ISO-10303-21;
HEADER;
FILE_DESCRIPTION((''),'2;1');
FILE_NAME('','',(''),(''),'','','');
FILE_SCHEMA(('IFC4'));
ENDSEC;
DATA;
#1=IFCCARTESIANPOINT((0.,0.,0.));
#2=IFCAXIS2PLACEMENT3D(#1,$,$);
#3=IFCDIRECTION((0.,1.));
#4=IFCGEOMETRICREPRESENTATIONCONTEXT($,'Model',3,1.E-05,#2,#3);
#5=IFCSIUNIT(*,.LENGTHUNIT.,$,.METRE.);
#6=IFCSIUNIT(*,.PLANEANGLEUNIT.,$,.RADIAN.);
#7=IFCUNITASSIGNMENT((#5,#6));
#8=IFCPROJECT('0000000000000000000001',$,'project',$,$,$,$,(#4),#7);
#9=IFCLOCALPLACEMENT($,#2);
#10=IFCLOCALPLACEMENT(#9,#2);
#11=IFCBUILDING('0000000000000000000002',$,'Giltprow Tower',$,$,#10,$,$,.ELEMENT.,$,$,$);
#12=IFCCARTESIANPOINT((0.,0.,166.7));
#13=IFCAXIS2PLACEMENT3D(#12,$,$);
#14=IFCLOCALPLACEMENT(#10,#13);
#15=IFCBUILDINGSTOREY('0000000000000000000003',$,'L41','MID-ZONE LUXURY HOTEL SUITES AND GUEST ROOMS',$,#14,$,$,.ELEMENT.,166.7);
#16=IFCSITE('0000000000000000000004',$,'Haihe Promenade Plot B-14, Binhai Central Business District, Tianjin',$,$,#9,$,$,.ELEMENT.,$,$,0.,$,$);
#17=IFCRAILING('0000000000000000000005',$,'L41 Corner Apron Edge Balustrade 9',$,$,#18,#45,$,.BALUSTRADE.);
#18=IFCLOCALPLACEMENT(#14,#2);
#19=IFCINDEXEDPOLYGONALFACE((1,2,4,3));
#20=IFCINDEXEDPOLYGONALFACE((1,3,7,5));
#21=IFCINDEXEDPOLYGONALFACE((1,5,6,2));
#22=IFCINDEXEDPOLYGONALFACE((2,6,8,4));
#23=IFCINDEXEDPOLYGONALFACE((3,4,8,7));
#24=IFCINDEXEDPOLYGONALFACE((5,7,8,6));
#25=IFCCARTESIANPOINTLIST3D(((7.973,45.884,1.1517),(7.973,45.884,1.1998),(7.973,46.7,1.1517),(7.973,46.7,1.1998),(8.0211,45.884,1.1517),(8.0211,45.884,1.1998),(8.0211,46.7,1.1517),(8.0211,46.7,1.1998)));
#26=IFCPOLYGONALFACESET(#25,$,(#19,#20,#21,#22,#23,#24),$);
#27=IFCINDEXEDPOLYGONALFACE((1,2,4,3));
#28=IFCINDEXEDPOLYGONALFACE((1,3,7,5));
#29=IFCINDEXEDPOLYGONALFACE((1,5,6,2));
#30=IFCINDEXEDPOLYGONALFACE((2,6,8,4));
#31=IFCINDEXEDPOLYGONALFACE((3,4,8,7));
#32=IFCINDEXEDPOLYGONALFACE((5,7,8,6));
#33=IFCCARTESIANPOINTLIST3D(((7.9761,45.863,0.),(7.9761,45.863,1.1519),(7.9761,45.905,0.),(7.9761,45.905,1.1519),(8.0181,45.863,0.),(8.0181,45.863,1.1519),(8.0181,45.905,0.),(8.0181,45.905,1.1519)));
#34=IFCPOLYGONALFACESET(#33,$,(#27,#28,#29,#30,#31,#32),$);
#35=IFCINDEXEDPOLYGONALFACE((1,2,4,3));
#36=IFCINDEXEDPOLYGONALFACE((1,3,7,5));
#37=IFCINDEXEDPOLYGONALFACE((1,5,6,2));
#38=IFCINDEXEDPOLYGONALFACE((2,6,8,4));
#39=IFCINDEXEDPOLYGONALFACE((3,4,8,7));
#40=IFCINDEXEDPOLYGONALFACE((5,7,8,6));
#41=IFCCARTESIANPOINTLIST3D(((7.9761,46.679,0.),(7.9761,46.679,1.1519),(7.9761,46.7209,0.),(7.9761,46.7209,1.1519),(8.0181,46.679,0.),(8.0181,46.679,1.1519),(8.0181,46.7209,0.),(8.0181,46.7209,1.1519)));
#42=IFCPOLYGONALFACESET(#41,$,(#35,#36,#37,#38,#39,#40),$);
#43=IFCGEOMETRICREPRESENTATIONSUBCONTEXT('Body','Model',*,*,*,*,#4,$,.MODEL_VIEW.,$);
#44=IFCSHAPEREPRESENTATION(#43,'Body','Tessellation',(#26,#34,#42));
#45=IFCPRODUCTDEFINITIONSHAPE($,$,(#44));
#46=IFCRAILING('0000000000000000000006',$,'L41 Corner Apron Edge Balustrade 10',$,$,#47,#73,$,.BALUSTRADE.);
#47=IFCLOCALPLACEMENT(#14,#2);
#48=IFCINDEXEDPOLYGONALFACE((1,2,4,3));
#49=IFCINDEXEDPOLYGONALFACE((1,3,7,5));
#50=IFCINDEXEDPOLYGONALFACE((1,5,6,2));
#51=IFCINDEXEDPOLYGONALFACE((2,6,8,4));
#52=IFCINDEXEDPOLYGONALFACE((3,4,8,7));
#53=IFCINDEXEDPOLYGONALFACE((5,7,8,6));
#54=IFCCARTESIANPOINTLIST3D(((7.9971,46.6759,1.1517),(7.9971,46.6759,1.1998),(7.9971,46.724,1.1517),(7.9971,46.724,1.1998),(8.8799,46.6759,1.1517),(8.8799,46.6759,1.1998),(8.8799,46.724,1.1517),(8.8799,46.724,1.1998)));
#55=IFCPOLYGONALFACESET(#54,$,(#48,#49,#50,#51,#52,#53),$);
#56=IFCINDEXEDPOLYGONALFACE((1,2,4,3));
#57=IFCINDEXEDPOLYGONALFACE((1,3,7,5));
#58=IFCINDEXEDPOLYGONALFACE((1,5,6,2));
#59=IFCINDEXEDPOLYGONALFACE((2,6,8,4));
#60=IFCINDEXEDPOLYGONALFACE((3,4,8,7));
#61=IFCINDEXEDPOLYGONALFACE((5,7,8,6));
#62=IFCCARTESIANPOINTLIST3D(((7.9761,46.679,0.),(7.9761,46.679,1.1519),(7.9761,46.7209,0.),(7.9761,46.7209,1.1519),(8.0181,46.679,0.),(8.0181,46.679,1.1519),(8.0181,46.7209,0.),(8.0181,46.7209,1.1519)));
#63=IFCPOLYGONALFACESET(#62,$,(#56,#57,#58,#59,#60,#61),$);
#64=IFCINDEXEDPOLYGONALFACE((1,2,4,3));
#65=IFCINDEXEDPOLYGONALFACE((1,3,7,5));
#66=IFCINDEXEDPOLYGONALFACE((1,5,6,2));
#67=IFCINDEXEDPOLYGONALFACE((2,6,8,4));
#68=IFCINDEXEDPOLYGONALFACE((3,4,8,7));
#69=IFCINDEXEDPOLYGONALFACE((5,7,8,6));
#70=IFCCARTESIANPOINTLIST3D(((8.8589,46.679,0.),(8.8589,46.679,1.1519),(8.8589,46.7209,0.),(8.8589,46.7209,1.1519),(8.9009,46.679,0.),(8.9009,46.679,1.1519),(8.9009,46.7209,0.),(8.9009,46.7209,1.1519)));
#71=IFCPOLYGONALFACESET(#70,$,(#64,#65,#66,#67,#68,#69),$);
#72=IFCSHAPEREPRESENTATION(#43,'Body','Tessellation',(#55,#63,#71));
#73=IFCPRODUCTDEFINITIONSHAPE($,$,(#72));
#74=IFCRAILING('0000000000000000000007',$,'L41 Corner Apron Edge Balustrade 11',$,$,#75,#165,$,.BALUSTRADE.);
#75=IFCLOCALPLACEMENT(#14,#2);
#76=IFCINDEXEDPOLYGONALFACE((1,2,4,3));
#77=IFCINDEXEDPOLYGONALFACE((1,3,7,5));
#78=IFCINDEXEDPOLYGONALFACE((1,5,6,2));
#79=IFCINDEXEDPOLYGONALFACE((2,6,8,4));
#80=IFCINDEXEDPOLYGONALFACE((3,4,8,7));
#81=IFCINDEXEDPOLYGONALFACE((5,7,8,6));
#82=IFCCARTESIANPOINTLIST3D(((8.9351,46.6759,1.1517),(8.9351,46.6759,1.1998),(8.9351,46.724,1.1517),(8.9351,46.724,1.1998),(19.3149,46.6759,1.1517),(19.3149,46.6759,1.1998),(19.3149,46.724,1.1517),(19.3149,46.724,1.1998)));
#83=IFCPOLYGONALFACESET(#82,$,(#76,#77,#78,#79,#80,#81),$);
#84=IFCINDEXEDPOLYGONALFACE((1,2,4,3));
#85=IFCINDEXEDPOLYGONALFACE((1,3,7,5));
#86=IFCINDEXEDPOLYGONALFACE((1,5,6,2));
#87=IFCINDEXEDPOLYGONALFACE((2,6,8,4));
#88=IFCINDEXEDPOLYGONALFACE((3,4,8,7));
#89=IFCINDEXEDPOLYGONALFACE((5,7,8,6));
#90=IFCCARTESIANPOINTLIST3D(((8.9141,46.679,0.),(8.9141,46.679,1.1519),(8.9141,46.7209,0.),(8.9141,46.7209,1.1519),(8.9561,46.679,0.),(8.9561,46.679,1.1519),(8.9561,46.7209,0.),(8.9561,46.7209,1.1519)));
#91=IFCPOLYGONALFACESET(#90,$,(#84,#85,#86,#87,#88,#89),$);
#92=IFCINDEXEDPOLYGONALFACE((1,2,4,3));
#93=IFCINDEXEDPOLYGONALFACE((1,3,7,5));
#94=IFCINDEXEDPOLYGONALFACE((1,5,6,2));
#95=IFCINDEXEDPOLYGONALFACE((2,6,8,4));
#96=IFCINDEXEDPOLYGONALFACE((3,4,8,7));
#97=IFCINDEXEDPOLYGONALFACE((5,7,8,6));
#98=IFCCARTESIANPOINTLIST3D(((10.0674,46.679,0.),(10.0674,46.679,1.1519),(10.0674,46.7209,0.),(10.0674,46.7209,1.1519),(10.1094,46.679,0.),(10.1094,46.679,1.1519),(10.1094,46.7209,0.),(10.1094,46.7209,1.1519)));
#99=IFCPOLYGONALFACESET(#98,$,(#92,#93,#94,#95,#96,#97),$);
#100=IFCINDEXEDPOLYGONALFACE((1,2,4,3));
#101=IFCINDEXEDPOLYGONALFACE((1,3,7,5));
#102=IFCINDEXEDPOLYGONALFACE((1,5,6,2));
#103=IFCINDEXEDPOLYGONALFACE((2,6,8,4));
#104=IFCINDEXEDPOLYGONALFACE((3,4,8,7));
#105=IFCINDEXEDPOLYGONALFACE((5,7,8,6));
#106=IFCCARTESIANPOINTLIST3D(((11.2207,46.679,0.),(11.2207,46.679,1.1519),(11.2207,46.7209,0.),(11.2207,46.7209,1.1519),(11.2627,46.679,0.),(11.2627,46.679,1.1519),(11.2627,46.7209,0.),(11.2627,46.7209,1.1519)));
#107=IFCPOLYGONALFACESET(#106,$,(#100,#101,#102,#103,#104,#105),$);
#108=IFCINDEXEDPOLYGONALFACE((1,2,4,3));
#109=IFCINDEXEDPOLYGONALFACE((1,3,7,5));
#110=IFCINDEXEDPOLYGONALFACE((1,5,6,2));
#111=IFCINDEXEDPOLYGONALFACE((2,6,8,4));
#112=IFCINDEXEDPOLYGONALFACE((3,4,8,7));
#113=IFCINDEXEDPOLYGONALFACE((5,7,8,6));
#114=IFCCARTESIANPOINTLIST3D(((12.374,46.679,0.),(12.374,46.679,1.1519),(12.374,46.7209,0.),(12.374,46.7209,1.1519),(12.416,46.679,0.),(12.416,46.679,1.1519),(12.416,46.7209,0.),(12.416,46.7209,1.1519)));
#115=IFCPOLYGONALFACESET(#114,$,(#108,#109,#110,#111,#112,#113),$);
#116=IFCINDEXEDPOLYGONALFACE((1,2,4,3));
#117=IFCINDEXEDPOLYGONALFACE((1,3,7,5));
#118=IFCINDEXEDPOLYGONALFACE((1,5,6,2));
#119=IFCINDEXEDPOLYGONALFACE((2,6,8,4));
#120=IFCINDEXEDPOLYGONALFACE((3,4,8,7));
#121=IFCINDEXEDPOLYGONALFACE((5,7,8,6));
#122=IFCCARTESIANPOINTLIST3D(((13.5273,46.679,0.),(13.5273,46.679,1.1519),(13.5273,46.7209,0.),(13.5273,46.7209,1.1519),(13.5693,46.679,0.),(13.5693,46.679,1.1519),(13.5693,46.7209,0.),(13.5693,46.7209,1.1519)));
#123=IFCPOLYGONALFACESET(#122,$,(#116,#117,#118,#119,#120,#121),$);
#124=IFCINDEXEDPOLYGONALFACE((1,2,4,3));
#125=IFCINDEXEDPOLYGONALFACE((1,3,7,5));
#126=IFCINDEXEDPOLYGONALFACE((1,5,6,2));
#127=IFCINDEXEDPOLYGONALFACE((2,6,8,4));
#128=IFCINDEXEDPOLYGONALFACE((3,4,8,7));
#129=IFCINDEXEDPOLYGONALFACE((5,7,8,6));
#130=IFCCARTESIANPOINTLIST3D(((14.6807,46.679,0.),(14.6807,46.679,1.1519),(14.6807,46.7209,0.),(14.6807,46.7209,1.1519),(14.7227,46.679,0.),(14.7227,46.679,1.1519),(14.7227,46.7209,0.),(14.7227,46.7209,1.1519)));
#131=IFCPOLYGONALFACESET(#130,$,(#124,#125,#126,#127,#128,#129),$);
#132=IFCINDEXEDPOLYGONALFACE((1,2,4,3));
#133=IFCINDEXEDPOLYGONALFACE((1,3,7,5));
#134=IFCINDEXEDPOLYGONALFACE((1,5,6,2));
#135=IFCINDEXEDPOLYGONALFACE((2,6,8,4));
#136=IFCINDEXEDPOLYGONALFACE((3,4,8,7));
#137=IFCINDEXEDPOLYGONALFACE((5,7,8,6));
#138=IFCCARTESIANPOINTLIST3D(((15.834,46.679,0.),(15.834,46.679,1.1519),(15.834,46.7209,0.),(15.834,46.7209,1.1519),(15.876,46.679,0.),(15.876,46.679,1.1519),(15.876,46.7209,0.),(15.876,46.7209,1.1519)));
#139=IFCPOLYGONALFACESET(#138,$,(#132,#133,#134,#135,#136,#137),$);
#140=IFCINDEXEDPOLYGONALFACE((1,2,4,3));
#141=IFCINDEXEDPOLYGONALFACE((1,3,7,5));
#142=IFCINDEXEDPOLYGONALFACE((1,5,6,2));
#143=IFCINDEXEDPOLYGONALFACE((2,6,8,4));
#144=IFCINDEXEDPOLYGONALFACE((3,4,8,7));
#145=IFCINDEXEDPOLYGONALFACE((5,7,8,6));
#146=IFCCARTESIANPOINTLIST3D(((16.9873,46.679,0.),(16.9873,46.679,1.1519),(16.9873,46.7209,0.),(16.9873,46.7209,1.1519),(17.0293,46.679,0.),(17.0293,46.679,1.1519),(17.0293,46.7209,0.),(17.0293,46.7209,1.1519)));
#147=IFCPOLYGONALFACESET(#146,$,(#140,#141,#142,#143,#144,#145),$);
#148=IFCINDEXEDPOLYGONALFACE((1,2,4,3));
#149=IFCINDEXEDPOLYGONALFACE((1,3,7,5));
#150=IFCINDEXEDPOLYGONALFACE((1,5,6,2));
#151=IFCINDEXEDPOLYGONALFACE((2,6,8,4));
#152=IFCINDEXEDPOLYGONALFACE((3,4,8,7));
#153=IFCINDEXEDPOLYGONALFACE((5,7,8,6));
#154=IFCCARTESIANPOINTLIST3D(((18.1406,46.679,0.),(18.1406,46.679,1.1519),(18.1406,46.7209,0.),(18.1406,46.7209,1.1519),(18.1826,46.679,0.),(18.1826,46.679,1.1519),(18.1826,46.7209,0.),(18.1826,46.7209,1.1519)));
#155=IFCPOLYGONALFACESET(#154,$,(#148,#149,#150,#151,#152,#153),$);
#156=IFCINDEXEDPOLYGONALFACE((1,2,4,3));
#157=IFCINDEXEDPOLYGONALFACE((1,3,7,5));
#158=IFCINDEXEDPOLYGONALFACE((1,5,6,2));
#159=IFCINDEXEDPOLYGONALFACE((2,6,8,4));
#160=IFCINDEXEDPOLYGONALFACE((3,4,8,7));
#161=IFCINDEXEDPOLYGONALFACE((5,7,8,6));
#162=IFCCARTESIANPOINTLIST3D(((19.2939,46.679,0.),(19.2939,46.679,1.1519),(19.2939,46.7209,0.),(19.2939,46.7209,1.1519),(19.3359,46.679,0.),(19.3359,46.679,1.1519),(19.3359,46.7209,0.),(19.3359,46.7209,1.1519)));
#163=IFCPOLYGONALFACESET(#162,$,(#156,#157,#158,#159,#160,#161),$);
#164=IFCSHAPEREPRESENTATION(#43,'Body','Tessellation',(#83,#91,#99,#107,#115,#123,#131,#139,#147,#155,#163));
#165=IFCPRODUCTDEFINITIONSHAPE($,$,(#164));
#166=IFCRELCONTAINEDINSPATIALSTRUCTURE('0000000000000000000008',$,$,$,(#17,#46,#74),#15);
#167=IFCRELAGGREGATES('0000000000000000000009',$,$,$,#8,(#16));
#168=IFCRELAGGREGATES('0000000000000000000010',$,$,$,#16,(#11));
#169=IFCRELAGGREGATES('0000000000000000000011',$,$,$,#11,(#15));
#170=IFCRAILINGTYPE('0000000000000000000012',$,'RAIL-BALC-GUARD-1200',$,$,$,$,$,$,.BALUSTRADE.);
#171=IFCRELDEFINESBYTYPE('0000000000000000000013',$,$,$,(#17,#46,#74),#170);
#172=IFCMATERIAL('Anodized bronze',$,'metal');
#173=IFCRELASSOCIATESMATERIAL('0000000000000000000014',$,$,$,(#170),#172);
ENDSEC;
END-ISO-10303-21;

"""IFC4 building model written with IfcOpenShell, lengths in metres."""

from ifc_helpers import new_model, si_unit, direction, frame, origin, origin_2d, place, context, subcontext, project, spatial, rectangle, extrude, material, type_object, element, save


model = new_model("IFC4")

# Units and contexts
model_context = context("Model", 3, precision=1e-05, world=origin(), true_north=direction((0.0, 1.0)))
body_context = subcontext(model_context, "Body", "Model", "MODEL_VIEW")
ifc_project = project(units=[si_unit("LENGTHUNIT", "METRE"), si_unit("PLANEANGLEUNIT", "RADIAN")], contexts=[model_context])

# Site, building, storey
site_placement = place(None, origin())
site = spatial("IfcSite", under=ifc_project, at=site_placement, Name="Haihe Promenade Plot B-14, Binhai Central Business District, Tianjin", CompositionType="ELEMENT", RefElevation=0.0)
building_placement = place(site_placement, origin())
building = spatial("IfcBuilding", under=site, at=building_placement, Name="Giltprow Tower", CompositionType="ELEMENT")
storey_placement = place(building_placement, frame((0.0, 0.0, 166.7)))
storey = spatial("IfcBuildingStorey", under=building, at=storey_placement, Name="L41", Description="MID-ZONE LUXURY HOTEL SUITES AND GUEST ROOMS", CompositionType="ELEMENT", Elevation=166.7)

# Railings
ifc_material_1 = material(Name="Anodized bronze", Category="metal")
railing_type = type_object("IfcRailingType", Name="RAIL-BALC-GUARD-1200", PredefinedType="BALUSTRADE", material=ifc_material_1)
railing_1_placement = place(storey_placement, frame((7.9971, 45.884, 0.0)))
element("IfcRailing", 1, at=railing_1_placement, inside=storey, type_object=railing_type, Name="L41 Corner Apron Edge Balustrade 9", PredefinedType="BALUSTRADE", context=body_context, shape_type="SweptSolid", body=[
    extrude(rectangle(XDim=0.0481, YDim=0.0481, at=origin_2d()), frame((0.0, 0.0, 1.1758), z_axis=(0.0, 1.0, 0.0), x_axis=(-1.0, 0.0, 0.0)), (0.0, 0.0, 1.0), 0.8159),
    extrude(rectangle(XDim=0.042, YDim=0.042, at=origin_2d()), origin(), (0.0, 0.0, 1.0), 1.1519),
    extrude(rectangle(XDim=0.042, YDim=0.042, at=origin_2d()), frame((0.0, 0.8159, 0.0)), (0.0, 0.0, 1.0), 1.1519),
])
railing_2_placement = place(storey_placement, frame((7.9971, 46.7, 0.0)))
element("IfcRailing", 2, at=railing_2_placement, inside=storey, type_object=railing_type, Name="L41 Corner Apron Edge Balustrade 10", PredefinedType="BALUSTRADE", context=body_context, shape_type="SweptSolid", body=[
    extrude(rectangle(XDim=0.0481, YDim=0.0481, at=origin_2d()), frame((0.0, 0.0, 1.1758), z_axis=(1.0, 0.0, 0.0), x_axis=(0.0, 1.0, 0.0)), (0.0, 0.0, 1.0), 0.8828),
    extrude(rectangle(XDim=0.042, YDim=0.042, at=origin_2d()), origin(), (0.0, 0.0, 1.0), 1.1519),
    extrude(rectangle(XDim=0.042, YDim=0.042, at=origin_2d()), frame((0.8828, 0.0, 0.0)), (0.0, 0.0, 1.0), 1.1519),
])
railing_3_placement = place(storey_placement, frame((8.9351, 46.7, 0.0)))
element("IfcRailing", 3, at=railing_3_placement, inside=storey, type_object=railing_type, Name="L41 Corner Apron Edge Balustrade 11", PredefinedType="BALUSTRADE", context=body_context, shape_type="SweptSolid", body=[
    extrude(rectangle(XDim=0.0481, YDim=0.0481, at=origin_2d()), frame((0.0, 0.0, 1.1758), z_axis=(1.0, 0.0, 0.0), x_axis=(0.0, 1.0, 0.0)), (0.0, 0.0, 1.0), 10.3799),
    extrude(rectangle(XDim=0.042, YDim=0.042, at=origin_2d()), origin(), (0.0, 0.0, 1.0), 1.1519),
    extrude(rectangle(XDim=0.042, YDim=0.042, at=origin_2d()), frame((1.1533, 0.0, 0.0)), (0.0, 0.0, 1.0), 1.1519),
    extrude(rectangle(XDim=0.042, YDim=0.042, at=origin_2d()), frame((2.3066, 0.0, 0.0)), (0.0, 0.0, 1.0), 1.1519),
    extrude(rectangle(XDim=0.042, YDim=0.042, at=origin_2d()), frame((3.46, 0.0, 0.0)), (0.0, 0.0, 1.0), 1.1519),
    extrude(rectangle(XDim=0.042, YDim=0.042, at=origin_2d()), frame((4.6133, 0.0, 0.0)), (0.0, 0.0, 1.0), 1.1519),
    extrude(rectangle(XDim=0.042, YDim=0.042, at=origin_2d()), frame((5.7666, 0.0, 0.0)), (0.0, 0.0, 1.0), 1.1519),
    extrude(rectangle(XDim=0.042, YDim=0.042, at=origin_2d()), frame((6.9199, 0.0, 0.0)), (0.0, 0.0, 1.0), 1.1519),
    extrude(rectangle(XDim=0.042, YDim=0.042, at=origin_2d()), frame((8.0732, 0.0, 0.0)), (0.0, 0.0, 1.0), 1.1519),
    extrude(rectangle(XDim=0.042, YDim=0.042, at=origin_2d()), frame((9.2266, 0.0, 0.0)), (0.0, 0.0, 1.0), 1.1519),
    extrude(rectangle(XDim=0.042, YDim=0.042, at=origin_2d()), frame((10.3799, 0.0, 0.0)), (0.0, 0.0, 1.0), 1.1519),
])

save(model, "model.ifc")
